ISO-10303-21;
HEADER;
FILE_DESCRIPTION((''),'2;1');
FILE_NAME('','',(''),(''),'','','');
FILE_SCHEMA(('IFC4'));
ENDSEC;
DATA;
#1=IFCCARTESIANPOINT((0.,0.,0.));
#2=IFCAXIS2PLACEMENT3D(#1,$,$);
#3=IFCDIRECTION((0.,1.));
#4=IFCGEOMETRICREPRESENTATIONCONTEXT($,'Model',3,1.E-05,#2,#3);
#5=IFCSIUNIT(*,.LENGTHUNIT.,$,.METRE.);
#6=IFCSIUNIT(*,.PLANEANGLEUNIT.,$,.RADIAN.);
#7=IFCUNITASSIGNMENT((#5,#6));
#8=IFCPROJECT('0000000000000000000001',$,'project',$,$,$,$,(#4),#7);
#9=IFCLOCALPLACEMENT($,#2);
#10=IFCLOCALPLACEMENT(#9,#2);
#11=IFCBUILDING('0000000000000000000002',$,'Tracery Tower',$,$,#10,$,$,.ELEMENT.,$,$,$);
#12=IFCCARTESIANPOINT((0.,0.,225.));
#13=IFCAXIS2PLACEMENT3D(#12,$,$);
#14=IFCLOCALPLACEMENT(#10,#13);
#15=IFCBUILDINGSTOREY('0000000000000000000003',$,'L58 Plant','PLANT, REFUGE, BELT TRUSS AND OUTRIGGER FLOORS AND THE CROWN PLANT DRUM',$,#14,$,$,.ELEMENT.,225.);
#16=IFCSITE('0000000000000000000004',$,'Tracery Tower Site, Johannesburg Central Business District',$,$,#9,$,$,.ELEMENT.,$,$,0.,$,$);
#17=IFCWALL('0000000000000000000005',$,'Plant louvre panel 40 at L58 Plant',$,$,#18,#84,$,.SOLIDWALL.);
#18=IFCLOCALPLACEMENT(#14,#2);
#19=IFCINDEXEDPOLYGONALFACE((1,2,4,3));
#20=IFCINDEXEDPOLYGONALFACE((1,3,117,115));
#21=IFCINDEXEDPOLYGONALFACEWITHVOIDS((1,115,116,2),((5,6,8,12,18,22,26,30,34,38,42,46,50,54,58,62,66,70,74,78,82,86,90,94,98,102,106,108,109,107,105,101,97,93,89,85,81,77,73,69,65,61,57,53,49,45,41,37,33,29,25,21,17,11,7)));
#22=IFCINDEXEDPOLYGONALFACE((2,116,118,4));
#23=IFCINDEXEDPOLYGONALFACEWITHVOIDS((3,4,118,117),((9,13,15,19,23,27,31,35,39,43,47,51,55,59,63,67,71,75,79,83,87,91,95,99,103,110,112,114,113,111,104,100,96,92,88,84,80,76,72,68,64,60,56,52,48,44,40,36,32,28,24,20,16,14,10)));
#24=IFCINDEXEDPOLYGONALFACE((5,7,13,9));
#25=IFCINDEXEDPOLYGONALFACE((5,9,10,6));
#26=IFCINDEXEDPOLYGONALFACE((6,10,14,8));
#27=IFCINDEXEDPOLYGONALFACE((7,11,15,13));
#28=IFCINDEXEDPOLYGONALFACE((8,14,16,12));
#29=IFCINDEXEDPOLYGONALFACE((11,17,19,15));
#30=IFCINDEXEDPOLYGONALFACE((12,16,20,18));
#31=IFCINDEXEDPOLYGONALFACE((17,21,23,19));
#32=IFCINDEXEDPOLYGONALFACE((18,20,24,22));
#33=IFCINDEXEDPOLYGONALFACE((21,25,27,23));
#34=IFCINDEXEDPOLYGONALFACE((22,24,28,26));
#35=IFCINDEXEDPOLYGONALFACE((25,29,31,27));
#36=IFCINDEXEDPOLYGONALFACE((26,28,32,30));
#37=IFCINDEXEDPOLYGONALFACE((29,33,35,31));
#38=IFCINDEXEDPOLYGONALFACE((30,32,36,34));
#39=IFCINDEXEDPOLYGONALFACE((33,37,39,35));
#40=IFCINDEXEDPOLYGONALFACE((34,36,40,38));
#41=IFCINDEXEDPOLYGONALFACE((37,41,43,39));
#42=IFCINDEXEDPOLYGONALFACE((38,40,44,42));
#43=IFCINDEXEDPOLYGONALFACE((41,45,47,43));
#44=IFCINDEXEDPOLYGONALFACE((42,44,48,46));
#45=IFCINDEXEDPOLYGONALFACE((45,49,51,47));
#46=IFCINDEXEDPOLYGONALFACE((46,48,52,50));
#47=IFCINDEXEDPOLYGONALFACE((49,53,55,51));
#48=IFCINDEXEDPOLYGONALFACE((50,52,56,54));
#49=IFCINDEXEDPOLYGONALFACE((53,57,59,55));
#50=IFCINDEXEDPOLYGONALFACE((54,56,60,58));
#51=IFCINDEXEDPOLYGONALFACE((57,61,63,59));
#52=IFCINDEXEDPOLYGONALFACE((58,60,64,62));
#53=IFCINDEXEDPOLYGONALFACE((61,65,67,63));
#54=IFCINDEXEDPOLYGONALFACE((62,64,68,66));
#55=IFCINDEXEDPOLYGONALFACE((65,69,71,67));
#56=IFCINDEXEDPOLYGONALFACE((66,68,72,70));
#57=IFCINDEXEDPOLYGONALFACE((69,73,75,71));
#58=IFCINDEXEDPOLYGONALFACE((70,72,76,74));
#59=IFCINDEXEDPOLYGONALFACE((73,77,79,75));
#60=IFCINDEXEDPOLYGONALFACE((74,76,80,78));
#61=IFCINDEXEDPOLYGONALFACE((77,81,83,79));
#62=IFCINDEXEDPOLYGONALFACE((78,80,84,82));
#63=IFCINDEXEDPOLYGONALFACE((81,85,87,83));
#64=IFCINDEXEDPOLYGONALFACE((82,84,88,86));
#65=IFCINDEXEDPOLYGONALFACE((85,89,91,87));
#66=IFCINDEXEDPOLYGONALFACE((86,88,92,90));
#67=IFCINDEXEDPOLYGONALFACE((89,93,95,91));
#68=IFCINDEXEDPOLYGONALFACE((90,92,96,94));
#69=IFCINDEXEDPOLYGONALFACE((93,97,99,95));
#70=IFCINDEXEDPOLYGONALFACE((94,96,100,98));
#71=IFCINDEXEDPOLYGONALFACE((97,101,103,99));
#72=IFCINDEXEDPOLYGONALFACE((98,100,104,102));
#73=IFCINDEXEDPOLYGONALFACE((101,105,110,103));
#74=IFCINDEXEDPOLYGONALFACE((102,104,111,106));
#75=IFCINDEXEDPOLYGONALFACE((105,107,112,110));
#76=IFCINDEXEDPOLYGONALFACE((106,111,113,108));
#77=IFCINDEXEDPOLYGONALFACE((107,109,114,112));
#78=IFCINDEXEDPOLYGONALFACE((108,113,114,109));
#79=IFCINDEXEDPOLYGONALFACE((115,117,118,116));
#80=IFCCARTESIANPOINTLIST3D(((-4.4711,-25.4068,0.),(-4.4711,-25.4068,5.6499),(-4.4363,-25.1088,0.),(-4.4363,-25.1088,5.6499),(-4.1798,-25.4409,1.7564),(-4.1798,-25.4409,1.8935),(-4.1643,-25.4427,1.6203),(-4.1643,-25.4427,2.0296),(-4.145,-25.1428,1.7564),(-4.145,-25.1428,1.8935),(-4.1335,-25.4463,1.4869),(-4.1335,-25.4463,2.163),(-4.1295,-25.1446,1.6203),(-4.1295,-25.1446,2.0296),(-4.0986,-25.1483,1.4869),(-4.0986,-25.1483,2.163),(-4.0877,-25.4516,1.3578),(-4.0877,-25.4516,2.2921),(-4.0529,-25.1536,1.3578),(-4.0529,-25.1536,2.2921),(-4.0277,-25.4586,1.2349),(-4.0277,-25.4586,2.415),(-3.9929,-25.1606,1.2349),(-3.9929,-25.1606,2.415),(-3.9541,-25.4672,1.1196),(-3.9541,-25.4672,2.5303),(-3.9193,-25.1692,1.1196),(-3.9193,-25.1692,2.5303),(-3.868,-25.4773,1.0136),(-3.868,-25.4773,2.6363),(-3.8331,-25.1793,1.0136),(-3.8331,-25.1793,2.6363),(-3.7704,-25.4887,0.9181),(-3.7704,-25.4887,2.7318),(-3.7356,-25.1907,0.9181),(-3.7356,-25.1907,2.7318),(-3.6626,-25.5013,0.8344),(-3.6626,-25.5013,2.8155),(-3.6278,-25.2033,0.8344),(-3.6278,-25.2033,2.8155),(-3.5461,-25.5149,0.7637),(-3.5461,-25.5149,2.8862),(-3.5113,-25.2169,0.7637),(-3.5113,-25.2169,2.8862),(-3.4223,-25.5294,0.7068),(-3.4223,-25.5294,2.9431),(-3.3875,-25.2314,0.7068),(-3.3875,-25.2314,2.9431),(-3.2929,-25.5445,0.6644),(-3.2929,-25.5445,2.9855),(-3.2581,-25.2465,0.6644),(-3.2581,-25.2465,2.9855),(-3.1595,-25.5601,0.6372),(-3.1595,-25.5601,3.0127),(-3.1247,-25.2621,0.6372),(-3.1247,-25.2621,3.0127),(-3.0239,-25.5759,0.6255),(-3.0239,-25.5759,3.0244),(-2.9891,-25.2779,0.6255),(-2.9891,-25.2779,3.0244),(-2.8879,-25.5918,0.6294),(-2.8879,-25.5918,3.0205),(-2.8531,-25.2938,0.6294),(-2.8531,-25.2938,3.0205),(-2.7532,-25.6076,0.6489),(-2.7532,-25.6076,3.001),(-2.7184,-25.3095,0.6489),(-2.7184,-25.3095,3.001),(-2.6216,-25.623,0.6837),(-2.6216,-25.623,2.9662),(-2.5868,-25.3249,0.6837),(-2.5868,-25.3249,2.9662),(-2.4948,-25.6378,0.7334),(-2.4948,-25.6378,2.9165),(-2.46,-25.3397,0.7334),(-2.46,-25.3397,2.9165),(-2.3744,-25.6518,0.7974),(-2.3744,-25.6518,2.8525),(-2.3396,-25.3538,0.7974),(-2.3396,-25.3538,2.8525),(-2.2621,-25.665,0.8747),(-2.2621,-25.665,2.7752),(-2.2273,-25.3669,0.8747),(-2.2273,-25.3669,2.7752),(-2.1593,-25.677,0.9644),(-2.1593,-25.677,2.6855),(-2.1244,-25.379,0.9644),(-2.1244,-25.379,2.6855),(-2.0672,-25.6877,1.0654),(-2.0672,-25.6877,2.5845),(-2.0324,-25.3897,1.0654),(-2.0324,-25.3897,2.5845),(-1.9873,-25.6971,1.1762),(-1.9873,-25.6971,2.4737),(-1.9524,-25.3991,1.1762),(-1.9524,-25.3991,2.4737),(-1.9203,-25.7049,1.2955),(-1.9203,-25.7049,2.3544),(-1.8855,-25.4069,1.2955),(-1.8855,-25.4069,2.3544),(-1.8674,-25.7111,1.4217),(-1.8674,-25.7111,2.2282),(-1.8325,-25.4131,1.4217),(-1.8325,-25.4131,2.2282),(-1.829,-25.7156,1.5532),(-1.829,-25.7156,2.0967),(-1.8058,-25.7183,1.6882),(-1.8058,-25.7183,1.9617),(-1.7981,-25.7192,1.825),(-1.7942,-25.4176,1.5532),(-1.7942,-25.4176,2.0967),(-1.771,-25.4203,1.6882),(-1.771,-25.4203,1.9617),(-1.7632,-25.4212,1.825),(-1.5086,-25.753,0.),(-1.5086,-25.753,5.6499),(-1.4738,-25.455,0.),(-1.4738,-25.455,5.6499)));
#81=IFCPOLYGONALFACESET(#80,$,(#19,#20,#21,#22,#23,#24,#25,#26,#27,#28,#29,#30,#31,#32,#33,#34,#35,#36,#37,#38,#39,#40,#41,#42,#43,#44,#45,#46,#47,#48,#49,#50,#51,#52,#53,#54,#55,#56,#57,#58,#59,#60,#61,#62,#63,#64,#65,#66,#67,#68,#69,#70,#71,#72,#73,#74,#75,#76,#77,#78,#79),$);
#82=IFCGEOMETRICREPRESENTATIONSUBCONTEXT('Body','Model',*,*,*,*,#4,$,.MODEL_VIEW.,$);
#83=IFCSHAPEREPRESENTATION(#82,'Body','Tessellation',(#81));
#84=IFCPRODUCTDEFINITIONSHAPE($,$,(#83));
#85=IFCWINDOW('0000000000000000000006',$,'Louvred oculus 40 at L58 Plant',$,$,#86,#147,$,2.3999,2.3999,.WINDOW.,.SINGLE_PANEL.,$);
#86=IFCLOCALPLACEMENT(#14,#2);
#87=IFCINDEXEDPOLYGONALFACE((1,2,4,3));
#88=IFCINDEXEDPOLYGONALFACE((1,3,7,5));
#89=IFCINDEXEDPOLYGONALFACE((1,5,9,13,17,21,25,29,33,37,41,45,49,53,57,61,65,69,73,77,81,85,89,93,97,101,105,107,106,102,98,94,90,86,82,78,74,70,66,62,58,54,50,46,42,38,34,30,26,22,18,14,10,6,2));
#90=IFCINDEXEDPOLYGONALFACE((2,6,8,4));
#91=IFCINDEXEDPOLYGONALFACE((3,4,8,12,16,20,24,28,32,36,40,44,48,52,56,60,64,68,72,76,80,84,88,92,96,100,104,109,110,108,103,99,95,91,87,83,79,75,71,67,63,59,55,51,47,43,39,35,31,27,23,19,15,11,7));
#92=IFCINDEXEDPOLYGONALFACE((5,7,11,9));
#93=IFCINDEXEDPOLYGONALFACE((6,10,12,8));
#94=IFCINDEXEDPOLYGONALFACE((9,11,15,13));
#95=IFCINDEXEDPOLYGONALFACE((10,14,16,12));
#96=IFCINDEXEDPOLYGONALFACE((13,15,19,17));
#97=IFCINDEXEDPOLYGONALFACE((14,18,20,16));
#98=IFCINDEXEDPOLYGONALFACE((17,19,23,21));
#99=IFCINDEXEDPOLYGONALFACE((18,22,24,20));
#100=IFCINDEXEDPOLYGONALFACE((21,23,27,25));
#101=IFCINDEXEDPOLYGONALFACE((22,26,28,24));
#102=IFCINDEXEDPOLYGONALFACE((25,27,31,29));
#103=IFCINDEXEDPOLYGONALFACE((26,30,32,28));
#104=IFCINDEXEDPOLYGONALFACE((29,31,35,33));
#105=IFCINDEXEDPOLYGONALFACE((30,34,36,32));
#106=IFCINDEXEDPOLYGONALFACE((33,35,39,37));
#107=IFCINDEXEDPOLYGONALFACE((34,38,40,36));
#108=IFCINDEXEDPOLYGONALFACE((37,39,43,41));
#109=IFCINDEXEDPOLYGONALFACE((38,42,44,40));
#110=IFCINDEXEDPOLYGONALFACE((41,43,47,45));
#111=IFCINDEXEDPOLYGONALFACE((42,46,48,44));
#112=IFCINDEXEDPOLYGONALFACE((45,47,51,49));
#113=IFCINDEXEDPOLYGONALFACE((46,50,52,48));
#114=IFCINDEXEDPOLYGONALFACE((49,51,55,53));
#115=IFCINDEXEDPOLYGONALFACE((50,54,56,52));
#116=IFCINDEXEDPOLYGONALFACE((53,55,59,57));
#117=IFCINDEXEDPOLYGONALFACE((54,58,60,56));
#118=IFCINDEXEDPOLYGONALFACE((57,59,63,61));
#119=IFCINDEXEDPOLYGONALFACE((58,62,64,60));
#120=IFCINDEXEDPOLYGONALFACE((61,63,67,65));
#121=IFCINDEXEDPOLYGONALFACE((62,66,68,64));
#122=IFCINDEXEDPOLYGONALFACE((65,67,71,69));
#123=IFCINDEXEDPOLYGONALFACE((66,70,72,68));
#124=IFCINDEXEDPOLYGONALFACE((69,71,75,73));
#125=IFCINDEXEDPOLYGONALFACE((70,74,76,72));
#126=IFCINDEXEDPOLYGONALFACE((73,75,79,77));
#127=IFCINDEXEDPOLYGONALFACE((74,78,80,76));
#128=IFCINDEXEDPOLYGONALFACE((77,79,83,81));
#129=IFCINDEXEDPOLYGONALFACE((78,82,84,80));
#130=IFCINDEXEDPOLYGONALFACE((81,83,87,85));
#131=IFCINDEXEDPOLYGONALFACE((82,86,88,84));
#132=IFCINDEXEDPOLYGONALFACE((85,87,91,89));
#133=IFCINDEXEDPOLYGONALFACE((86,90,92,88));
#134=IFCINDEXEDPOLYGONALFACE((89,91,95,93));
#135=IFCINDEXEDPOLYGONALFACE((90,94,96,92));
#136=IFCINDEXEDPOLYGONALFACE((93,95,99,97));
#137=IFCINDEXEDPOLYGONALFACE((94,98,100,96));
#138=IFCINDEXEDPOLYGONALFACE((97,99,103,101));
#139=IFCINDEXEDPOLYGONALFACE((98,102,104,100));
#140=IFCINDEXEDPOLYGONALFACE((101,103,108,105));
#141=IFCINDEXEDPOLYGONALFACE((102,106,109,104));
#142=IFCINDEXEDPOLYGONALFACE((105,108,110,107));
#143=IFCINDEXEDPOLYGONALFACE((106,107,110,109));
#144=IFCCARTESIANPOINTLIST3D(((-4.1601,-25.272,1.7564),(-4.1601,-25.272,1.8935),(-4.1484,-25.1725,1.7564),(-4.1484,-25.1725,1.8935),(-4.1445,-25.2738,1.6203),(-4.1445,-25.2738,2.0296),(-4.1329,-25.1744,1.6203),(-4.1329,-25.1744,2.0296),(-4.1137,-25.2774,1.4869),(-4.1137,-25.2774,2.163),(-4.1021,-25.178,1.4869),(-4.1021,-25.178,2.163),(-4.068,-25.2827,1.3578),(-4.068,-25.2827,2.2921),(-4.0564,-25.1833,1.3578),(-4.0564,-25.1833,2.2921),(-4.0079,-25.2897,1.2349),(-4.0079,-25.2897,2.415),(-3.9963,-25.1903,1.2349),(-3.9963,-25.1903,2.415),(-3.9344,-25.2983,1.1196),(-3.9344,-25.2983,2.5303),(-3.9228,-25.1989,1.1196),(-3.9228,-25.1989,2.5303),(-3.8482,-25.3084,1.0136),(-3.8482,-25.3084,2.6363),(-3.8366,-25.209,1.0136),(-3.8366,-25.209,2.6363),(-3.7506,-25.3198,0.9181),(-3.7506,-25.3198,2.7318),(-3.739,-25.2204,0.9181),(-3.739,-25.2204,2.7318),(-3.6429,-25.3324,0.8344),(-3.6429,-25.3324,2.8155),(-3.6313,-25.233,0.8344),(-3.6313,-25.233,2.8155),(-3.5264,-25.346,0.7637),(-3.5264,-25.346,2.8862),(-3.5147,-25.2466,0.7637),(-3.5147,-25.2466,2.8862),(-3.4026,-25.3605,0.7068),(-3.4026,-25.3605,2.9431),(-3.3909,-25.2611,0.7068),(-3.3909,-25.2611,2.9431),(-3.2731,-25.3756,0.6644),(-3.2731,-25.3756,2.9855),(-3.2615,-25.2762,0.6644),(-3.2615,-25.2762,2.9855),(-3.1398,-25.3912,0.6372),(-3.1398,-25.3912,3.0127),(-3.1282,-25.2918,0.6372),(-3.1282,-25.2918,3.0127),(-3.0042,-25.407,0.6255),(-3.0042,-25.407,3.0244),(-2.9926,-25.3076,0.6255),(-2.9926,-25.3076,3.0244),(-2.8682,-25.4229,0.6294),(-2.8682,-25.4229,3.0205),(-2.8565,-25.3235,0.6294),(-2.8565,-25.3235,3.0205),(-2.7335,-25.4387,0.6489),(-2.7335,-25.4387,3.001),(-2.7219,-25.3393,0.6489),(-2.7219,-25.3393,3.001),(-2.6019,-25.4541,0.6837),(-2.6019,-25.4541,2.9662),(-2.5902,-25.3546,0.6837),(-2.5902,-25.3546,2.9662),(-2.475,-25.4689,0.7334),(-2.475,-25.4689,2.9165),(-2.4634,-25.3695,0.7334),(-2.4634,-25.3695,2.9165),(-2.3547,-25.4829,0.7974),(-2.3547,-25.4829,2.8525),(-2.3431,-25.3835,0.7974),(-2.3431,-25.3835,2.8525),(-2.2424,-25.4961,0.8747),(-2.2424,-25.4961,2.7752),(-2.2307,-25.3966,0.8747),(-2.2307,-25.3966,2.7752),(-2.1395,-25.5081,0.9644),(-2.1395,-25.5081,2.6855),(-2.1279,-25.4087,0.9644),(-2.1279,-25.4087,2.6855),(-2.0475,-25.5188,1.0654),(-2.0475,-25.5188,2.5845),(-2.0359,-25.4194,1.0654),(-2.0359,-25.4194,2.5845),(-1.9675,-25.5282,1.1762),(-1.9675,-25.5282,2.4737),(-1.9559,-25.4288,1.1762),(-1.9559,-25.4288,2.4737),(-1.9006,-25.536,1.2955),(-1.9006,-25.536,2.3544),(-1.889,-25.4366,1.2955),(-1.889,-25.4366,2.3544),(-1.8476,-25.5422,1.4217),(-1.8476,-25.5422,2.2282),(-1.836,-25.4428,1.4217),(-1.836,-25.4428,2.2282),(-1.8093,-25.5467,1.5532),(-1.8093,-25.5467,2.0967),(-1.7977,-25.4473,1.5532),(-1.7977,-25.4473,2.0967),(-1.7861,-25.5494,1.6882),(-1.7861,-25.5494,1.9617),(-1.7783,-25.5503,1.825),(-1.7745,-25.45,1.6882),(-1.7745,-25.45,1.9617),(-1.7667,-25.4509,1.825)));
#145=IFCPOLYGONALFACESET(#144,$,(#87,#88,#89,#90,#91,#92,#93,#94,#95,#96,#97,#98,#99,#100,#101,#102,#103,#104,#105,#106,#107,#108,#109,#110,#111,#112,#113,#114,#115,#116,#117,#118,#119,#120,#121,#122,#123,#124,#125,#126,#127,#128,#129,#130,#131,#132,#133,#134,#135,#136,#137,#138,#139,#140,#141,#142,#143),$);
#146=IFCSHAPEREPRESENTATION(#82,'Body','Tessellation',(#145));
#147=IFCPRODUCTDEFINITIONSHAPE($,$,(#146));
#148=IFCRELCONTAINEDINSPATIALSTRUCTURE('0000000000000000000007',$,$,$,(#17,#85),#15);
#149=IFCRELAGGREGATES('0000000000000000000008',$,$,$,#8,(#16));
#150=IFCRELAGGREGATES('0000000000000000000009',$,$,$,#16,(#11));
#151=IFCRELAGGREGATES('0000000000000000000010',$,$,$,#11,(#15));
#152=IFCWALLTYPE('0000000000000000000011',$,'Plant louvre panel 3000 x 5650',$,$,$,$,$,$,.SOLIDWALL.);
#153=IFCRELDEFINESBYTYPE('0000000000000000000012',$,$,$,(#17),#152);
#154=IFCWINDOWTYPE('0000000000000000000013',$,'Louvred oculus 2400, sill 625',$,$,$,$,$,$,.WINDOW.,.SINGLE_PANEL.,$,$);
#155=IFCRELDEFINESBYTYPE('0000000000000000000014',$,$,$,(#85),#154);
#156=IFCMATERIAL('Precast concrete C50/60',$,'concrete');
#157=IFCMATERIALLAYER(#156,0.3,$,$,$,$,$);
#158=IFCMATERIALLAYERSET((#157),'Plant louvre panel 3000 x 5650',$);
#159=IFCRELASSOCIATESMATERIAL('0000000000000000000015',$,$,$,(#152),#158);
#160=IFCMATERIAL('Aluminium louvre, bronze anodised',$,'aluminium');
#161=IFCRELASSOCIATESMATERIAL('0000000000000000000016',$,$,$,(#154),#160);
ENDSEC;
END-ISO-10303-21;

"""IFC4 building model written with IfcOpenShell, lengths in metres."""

from ifc_helpers import new_model, si_unit, direction, frame, frame_2d, origin, origin_2d, place, context, subcontext, project, spatial, rectangle, circle, extrude, material, layer, layer_set, type_object, element, fill, save


model = new_model("IFC4")

# Units and contexts
model_context = context("Model", 3, precision=1e-05, world=origin(), true_north=direction((0.0, 1.0)))
body_context = subcontext(model_context, "Body", "Model", "MODEL_VIEW")
ifc_project = project(units=[si_unit("LENGTHUNIT", "METRE"), si_unit("PLANEANGLEUNIT", "RADIAN")], contexts=[model_context])

# Site, building, storey
site_placement = place(None, origin())
site = spatial("IfcSite", under=ifc_project, at=site_placement, Name="Tracery Tower Site, Johannesburg Central Business District", CompositionType="ELEMENT", RefElevation=0.0)
building_placement = place(site_placement, origin())
building = spatial("IfcBuilding", under=site, at=building_placement, Name="Tracery Tower", CompositionType="ELEMENT")
storey_placement = place(building_placement, frame((0.0, 0.0, 225.0)))
storey = spatial("IfcBuildingStorey", under=building, at=storey_placement, Name="L58 Plant", Description="PLANT, REFUGE, BELT TRUSS AND OUTRIGGER FLOORS AND THE CROWN PLANT DRUM", CompositionType="ELEMENT", Elevation=225.0)

# Wall, opening, window
ifc_material_1 = material(Name="Precast concrete C50/60", Category="concrete")
ifc_layer_1 = layer(ifc_material_1, 0.3)
ifc_layer_set_1 = layer_set([ifc_layer_1], Name="Plant louvre panel 3000 x 5650")
wall_type_1 = type_object("IfcWallType", Name="Plant louvre panel 3000 x 5650", PredefinedType="SOLIDWALL", material=ifc_layer_set_1)
ifc_material_2 = material(Name="Aluminium louvre, bronze anodised", Category="aluminium")
window_type = type_object("IfcWindowType", Name="Louvred oculus 2400, sill 625", PartitioningType="SINGLE_PANEL", PredefinedType="WINDOW", material=ifc_material_2)
wall_1_placement = place(storey_placement, frame((-4.4536, -25.2578, 0.0), z_axis=(0.0, 0.0, 1.0), x_axis=(0.993241, -0.116072, 0.0)))
wall_1 = element("IfcWall", 1, at=wall_1_placement, inside=storey, type_object=wall_type_1, Name="Plant louvre panel 40 at L58 Plant", PredefinedType="SOLIDWALL", context=body_context, shape_type="SweptSolid", body=[
    extrude(rectangle(XDim=2.9827, YDim=0.3, at=frame_2d((1.4912, 0.0))), origin(), (0.0, 0.0, 1.0), 5.6499),
])
opening_1_placement = place(wall_1_placement, frame((1.4912, 0.0, 1.825)))
opening_1 = element("IfcOpeningElement", 2, at=opening_1_placement, cuts=wall_1, PredefinedType="OPENING", context=body_context, shape_type="SweptSolid", body=[
    extrude(circle(Radius=1.2, at=origin_2d()), frame((0.0, 0.1599, 0.0), z_axis=(0.0, -1.0, 0.0), x_axis=(1.0, 0.0, 0.0)), (0.0, 0.0, 1.0), 0.3201),
])
window_1_placement = place(opening_1_placement, origin())
window_1 = element("IfcWindow", 3, at=window_1_placement, inside=storey, type_object=window_type, Name="Louvred oculus 40 at L58 Plant", OverallHeight=2.3999, OverallWidth=2.3999, PartitioningType="SINGLE_PANEL", PredefinedType="WINDOW", context=body_context, shape_type="SweptSolid", body=[
    extrude(circle(Radius=1.2, at=origin_2d()), frame((0.0, 0.1201, 0.0), z_axis=(0.0, -1.0, 0.0), x_axis=(1.0, 0.0, 0.0)), (0.0, 0.0, 1.0), 0.1001),
])
fill(opening_1, window_1)

save(model, "model.ifc")
